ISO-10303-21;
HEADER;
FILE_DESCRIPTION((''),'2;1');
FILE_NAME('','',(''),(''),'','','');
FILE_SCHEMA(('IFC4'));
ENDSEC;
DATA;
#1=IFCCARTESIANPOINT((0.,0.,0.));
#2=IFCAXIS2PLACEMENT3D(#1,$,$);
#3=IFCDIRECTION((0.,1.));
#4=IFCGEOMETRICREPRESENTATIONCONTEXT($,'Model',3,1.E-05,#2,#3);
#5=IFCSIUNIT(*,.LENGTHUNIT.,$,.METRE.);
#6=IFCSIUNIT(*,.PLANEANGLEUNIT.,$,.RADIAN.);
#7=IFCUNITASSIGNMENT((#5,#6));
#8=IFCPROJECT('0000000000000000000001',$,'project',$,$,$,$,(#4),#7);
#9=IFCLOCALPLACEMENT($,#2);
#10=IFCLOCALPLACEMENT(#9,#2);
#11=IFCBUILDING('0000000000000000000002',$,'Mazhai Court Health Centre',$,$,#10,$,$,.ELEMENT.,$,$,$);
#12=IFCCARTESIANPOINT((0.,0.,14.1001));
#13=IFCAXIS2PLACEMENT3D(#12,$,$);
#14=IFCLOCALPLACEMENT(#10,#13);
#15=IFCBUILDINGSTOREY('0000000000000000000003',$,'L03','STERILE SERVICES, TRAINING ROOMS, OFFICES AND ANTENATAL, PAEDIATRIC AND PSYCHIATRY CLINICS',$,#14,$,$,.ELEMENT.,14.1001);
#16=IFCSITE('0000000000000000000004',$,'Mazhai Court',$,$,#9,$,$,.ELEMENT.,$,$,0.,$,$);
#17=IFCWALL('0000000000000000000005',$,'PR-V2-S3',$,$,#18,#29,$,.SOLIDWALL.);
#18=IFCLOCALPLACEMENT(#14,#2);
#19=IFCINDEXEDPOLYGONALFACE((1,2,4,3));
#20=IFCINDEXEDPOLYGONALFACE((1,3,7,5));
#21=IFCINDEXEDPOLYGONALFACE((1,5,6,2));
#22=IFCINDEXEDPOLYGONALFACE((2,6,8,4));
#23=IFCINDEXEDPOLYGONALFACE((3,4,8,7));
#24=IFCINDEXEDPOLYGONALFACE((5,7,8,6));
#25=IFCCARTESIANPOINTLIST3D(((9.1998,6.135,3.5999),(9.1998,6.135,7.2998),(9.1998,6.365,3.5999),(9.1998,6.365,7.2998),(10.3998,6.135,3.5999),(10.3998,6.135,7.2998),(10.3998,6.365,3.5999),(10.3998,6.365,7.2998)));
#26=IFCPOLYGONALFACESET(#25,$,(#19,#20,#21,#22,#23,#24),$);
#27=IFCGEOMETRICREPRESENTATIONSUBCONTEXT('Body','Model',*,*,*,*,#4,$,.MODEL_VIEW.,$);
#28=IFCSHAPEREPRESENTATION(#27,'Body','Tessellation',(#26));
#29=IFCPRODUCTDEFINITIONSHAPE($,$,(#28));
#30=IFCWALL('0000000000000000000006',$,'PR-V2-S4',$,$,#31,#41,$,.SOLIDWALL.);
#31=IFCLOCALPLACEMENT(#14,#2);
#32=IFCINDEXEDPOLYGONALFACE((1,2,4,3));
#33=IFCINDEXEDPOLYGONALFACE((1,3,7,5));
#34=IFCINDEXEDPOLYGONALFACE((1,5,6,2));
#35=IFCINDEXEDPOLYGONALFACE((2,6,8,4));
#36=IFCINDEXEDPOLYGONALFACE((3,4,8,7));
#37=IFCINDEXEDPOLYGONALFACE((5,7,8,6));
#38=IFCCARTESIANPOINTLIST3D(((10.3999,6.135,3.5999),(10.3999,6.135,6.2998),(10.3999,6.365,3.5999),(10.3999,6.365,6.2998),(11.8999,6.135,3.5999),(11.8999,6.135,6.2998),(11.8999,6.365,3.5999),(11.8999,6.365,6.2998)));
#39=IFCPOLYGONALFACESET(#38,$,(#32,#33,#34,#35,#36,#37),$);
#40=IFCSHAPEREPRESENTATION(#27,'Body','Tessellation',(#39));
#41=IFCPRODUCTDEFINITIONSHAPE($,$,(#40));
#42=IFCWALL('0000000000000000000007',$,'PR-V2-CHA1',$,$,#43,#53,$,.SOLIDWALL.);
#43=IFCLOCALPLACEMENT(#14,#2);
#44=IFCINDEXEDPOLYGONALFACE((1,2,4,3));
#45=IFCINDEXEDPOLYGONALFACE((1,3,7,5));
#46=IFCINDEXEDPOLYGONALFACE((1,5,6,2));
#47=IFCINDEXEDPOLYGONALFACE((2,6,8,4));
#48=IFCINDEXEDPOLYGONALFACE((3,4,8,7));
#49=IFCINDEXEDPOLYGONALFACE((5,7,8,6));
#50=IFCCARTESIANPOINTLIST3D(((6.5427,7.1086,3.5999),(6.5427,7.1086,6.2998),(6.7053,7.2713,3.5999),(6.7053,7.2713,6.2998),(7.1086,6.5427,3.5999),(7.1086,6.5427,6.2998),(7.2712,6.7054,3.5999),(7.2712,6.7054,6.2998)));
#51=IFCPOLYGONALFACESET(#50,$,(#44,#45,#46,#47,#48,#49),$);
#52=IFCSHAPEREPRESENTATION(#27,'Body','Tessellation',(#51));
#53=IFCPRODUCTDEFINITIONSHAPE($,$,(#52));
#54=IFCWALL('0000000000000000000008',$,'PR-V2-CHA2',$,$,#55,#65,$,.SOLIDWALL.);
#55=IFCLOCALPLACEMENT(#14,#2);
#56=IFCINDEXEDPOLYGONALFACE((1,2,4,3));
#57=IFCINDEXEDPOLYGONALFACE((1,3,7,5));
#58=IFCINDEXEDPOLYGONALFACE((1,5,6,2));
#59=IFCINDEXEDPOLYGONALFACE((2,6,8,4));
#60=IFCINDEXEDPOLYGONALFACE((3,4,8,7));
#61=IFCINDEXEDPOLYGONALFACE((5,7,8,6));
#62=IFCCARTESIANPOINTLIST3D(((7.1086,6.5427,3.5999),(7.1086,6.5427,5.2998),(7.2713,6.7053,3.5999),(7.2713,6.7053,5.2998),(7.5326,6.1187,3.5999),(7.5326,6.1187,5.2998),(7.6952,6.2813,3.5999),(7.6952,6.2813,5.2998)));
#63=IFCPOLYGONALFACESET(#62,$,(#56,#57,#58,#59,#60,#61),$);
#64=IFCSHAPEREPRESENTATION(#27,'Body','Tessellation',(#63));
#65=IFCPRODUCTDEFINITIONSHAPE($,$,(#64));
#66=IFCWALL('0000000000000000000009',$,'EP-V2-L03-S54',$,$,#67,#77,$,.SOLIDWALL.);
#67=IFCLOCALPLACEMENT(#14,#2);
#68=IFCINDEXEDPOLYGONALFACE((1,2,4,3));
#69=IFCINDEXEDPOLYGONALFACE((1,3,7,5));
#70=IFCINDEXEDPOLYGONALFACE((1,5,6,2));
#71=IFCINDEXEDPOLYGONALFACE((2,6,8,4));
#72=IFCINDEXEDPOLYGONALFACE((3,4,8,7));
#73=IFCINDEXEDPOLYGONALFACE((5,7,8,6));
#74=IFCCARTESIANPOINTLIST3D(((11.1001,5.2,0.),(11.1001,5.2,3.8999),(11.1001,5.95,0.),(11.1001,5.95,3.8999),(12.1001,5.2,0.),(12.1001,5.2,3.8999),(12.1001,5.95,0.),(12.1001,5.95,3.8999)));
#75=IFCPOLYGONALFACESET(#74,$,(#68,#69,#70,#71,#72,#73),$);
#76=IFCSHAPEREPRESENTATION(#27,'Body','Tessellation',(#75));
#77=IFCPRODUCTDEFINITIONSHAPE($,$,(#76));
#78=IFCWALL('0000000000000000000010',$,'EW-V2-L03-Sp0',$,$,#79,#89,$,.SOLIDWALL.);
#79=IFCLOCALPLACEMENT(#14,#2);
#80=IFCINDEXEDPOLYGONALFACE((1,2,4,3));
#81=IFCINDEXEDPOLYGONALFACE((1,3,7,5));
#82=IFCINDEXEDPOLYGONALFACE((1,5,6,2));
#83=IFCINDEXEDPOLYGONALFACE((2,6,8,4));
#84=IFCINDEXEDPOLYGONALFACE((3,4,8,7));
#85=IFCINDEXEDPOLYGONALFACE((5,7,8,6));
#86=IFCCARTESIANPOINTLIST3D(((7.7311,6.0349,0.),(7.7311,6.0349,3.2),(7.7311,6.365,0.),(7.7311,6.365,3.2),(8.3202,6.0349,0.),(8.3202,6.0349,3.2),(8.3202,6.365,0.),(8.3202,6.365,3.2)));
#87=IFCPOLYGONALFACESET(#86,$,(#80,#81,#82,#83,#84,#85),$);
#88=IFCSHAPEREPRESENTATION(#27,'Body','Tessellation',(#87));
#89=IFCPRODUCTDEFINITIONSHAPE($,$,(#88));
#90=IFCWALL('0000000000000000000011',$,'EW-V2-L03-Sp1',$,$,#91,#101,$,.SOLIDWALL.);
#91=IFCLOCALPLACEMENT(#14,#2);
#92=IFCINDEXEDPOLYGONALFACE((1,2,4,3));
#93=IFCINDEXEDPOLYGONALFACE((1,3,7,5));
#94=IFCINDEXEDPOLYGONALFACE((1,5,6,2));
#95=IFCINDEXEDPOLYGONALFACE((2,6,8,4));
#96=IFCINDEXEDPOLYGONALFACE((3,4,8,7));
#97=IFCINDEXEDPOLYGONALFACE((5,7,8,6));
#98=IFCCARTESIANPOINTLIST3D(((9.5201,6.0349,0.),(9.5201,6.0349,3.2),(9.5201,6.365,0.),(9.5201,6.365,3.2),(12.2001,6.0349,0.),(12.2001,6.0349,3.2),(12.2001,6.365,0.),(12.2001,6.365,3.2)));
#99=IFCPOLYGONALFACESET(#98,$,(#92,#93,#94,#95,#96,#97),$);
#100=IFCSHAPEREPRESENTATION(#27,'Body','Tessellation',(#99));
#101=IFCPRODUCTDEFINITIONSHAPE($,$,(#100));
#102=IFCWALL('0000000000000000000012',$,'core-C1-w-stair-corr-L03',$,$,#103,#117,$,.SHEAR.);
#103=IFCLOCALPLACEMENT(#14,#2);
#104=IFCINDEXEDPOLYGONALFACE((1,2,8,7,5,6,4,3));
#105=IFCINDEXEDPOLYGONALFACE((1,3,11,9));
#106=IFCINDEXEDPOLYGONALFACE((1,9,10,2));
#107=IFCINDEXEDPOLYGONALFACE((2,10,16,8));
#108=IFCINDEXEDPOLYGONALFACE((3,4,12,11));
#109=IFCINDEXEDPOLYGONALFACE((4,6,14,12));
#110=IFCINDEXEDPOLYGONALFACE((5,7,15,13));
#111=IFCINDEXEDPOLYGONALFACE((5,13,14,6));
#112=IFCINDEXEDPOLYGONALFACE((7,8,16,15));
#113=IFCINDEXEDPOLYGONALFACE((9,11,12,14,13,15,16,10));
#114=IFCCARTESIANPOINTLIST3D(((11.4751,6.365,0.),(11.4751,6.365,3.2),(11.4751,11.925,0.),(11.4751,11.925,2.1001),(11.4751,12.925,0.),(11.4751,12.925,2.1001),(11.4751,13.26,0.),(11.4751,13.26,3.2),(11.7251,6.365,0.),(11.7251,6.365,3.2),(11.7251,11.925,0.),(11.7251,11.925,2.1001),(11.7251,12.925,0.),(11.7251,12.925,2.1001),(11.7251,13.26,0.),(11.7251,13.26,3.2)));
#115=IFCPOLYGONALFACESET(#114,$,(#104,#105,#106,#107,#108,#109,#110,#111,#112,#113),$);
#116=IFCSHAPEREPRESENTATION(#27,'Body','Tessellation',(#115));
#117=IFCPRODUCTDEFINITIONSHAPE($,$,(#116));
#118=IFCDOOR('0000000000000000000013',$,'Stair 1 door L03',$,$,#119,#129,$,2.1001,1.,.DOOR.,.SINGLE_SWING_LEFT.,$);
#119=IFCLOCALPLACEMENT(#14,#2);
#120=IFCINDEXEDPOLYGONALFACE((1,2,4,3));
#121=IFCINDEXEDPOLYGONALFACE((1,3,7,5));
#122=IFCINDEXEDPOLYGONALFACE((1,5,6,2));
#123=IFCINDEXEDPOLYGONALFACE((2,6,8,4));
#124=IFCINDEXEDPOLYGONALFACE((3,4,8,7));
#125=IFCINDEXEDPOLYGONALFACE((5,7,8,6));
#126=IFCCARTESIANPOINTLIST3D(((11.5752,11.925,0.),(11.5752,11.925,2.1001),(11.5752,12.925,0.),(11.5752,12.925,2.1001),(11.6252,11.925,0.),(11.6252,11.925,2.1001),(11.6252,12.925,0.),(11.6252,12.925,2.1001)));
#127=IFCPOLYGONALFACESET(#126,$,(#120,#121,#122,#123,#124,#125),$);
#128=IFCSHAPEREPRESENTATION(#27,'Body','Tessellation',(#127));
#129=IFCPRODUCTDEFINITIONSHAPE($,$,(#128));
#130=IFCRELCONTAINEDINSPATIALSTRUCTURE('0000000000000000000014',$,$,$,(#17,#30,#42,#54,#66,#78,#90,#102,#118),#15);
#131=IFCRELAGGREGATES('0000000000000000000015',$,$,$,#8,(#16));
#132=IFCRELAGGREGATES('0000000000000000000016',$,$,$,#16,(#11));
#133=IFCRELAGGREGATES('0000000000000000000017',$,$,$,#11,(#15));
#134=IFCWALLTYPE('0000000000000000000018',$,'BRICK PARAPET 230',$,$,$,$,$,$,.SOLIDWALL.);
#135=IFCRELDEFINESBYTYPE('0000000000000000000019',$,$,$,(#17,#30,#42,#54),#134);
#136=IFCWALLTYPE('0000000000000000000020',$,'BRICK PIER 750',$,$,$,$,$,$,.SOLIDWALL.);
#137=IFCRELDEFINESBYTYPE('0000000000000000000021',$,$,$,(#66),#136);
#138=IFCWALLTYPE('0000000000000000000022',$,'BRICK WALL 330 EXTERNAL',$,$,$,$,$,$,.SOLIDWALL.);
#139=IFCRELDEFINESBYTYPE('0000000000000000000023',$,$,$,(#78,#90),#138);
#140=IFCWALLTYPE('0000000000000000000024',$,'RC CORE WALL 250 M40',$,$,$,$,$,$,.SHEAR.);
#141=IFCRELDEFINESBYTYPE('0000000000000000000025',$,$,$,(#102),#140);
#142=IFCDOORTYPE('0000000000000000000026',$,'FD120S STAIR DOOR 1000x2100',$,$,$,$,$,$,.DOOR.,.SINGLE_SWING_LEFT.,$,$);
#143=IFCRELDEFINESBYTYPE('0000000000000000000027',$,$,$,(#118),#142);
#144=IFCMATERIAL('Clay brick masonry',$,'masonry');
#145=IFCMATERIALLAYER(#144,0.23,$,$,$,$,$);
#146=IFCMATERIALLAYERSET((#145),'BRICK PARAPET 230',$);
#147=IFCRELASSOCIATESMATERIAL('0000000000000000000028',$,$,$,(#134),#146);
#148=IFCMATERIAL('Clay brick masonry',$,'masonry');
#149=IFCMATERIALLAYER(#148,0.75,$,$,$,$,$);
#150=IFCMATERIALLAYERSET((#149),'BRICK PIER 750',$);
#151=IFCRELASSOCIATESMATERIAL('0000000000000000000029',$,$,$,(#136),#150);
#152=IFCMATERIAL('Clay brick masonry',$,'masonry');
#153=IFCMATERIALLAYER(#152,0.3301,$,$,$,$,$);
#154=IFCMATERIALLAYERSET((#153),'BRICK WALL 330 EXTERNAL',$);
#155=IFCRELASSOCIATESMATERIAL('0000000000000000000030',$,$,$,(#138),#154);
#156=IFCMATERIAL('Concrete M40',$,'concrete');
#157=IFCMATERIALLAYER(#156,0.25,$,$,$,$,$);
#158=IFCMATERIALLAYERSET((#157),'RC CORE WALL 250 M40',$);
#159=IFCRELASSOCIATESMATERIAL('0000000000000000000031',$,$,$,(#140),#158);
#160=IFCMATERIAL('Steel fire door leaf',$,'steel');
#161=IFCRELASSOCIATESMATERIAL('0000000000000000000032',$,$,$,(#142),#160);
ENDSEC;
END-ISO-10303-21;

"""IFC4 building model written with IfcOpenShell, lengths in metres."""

from ifc_helpers import new_model, si_unit, direction, frame, frame_2d, origin, place, context, subcontext, project, spatial, rectangle, extrude, material, layer, layer_set, type_object, element, fill, save


model = new_model("IFC4")

# Units and contexts
model_context = context("Model", 3, precision=1e-05, world=origin(), true_north=direction((0.0, 1.0)))
body_context = subcontext(model_context, "Body", "Model", "MODEL_VIEW")
ifc_project = project(units=[si_unit("LENGTHUNIT", "METRE"), si_unit("PLANEANGLEUNIT", "RADIAN")], contexts=[model_context])

# Site, building, storey
site_placement = place(None, origin())
site = spatial("IfcSite", under=ifc_project, at=site_placement, Name="Mazhai Court", CompositionType="ELEMENT", RefElevation=0.0)
building_placement = place(site_placement, origin())
building = spatial("IfcBuilding", under=site, at=building_placement, Name="Mazhai Court Health Centre", CompositionType="ELEMENT")
storey_placement = place(building_placement, frame((0.0, 0.0, 14.1001)))
storey = spatial("IfcBuildingStorey", under=building, at=storey_placement, Name="L03", Description="STERILE SERVICES, TRAINING ROOMS, OFFICES AND ANTENATAL, PAEDIATRIC AND PSYCHIATRY CLINICS", CompositionType="ELEMENT", Elevation=14.1001)

# Walls
ifc_material_1 = material(Name="Clay brick masonry", Category="masonry")
ifc_layer_1 = layer(ifc_material_1, 0.23)
ifc_layer_set_1 = layer_set([ifc_layer_1], Name="BRICK PARAPET 230")
wall_type_1 = type_object("IfcWallType", Name="BRICK PARAPET 230", PredefinedType="SOLIDWALL", material=ifc_layer_set_1)
wall_1_placement = place(storey_placement, frame((10.3999, 6.25, 3.5999), z_axis=(0.0, 0.0, 1.0), x_axis=(-1.0, 0.0, 0.0)))
element("IfcWall", 1, at=wall_1_placement, inside=storey, type_object=wall_type_1, Name="PR-V2-S3", PredefinedType="SOLIDWALL", context=body_context, shape_type="SweptSolid", body=[
    extrude(rectangle(XDim=1.2, YDim=0.23, at=frame_2d((0.6001, 0.0))), origin(), (0.0, 0.0, 1.0), 3.7),
])
wall_2_placement = place(storey_placement, frame((11.8999, 6.25, 3.5999), z_axis=(0.0, 0.0, 1.0), x_axis=(-1.0, 0.0, 0.0)))
element("IfcWall", 2, at=wall_2_placement, inside=storey, type_object=wall_type_1, Name="PR-V2-S4", PredefinedType="SOLIDWALL", context=body_context, shape_type="SweptSolid", body=[
    extrude(rectangle(XDim=1.5, YDim=0.23, at=frame_2d((0.75, 0.0))), origin(), (0.0, 0.0, 1.0), 2.7),
])
wall_3_placement = place(storey_placement, frame((6.624, 7.1899, 3.5999), z_axis=(0.0, 0.0, 1.0), x_axis=(0.707107, -0.707107, 0.0)))
element("IfcWall", 3, at=wall_3_placement, inside=storey, type_object=wall_type_1, Name="PR-V2-CHA1", PredefinedType="SOLIDWALL", context=body_context, shape_type="SweptSolid", body=[
    extrude(rectangle(XDim=0.8003, YDim=0.23, at=frame_2d((0.4001, 0.0))), origin(), (0.0, 0.0, 1.0), 2.7),
])
wall_4_placement = place(storey_placement, frame((7.1899, 6.624, 3.5999), z_axis=(0.0, 0.0, 1.0), x_axis=(0.707107, -0.707107, 0.0)))
element("IfcWall", 4, at=wall_4_placement, inside=storey, type_object=wall_type_1, Name="PR-V2-CHA2", PredefinedType="SOLIDWALL", context=body_context, shape_type="SweptSolid", body=[
    extrude(rectangle(XDim=0.5996, YDim=0.23, at=frame_2d((0.2998, 0.0))), origin(), (0.0, 0.0, 1.0), 1.7),
])
ifc_material_2 = material(Name="Clay brick masonry", Category="masonry")
ifc_layer_2 = layer(ifc_material_2, 0.75)
ifc_layer_set_2 = layer_set([ifc_layer_2], Name="BRICK PIER 750")
wall_type_2 = type_object("IfcWallType", Name="BRICK PIER 750", PredefinedType="SOLIDWALL", material=ifc_layer_set_2)
wall_5_placement = place(storey_placement, frame((12.1001, 5.575, 0.0), z_axis=(0.0, 0.0, 1.0), x_axis=(-1.0, 0.0, 0.0)))
element("IfcWall", 5, at=wall_5_placement, inside=storey, type_object=wall_type_2, Name="EP-V2-L03-S54", PredefinedType="SOLIDWALL", context=body_context, shape_type="SweptSolid", body=[
    extrude(rectangle(XDim=1.0, YDim=0.75, at=frame_2d((0.5, 0.0))), origin(), (0.0, 0.0, 1.0), 3.8999),
])
ifc_material_3 = material(Name="Clay brick masonry", Category="masonry")
ifc_layer_3 = layer(ifc_material_3, 0.3301)
ifc_layer_set_3 = layer_set([ifc_layer_3], Name="BRICK WALL 330 EXTERNAL")
wall_type_3 = type_object("IfcWallType", Name="BRICK WALL 330 EXTERNAL", PredefinedType="SOLIDWALL", material=ifc_layer_set_3)
wall_6_placement = place(storey_placement, frame((8.3201, 6.2, 0.0), z_axis=(0.0, 0.0, 1.0), x_axis=(-1.0, 0.0, 0.0)))
element("IfcWall", 6, at=wall_6_placement, inside=storey, type_object=wall_type_3, Name="EW-V2-L03-Sp0", PredefinedType="SOLIDWALL", context=body_context, shape_type="SweptSolid", body=[
    extrude(rectangle(XDim=0.5891, YDim=0.3301, at=frame_2d((0.2944, 0.0))), origin(), (0.0, 0.0, 1.0), 3.2),
])
wall_7_placement = place(storey_placement, frame((12.2, 6.2, 0.0), z_axis=(0.0, 0.0, 1.0), x_axis=(-1.0, 0.0, 0.0)))
element("IfcWall", 7, at=wall_7_placement, inside=storey, type_object=wall_type_3, Name="EW-V2-L03-Sp1", PredefinedType="SOLIDWALL", context=body_context, shape_type="SweptSolid", body=[
    extrude(rectangle(XDim=2.6799, YDim=0.3301, at=frame_2d((1.3398, 0.0))), origin(), (0.0, 0.0, 1.0), 3.2),
])

# Wall, opening, door
ifc_material_4 = material(Name="Concrete M40", Category="concrete")
ifc_layer_4 = layer(ifc_material_4, 0.25)
ifc_layer_set_4 = layer_set([ifc_layer_4], Name="RC CORE WALL 250 M40")
wall_type_4 = type_object("IfcWallType", Name="RC CORE WALL 250 M40", PredefinedType="SHEAR", material=ifc_layer_set_4)
wall_8_placement = place(storey_placement, frame((11.6001, 6.365, 0.0), z_axis=(0.0, 0.0, 1.0), x_axis=(0.0, 1.0, 0.0)))
wall_8 = element("IfcWall", 8, at=wall_8_placement, inside=storey, type_object=wall_type_4, Name="core-C1-w-stair-corr-L03", PredefinedType="SHEAR", context=body_context, shape_type="SweptSolid", body=[
    extrude(rectangle(XDim=6.895, YDim=0.25, at=frame_2d((3.4475, 0.0))), origin(), (0.0, 0.0, 1.0), 3.2),
])
opening_placement = place(wall_8_placement, frame((5.5601, 0.0, 0.0)))
opening = element("IfcOpeningElement", 9, at=opening_placement, cuts=wall_8, PredefinedType="OPENING", context=body_context, shape_type="SweptSolid", body=[
    extrude(rectangle(XDim=1.0, YDim=2.1001, at=frame_2d((0.5, 1.05))), frame((0.0, 0.135, 0.0), z_axis=(0.0, -1.0, 0.0), x_axis=(1.0, 0.0, 0.0)), (0.0, 0.0, 1.0), 0.27),
])
ifc_material_5 = material(Name="Steel fire door leaf", Category="steel")
door_type = type_object("IfcDoorType", Name="FD120S STAIR DOOR 1000x2100", OperationType="SINGLE_SWING_LEFT", PredefinedType="DOOR", material=ifc_material_5)
door_placement = place(opening_placement, origin())
door = element("IfcDoor", 10, at=door_placement, inside=storey, type_object=door_type, Name="Stair 1 door L03", OperationType="SINGLE_SWING_LEFT", OverallHeight=2.1001, OverallWidth=1.0, PredefinedType="DOOR", context=body_context, shape_type="SweptSolid", body=[
    extrude(rectangle(XDim=1.0, YDim=2.1001, at=frame_2d((0.5, 1.05))), frame((0.0, 0.0249, 0.0), z_axis=(0.0, -1.0, 0.0), x_axis=(1.0, 0.0, 0.0)), (0.0, 0.0, 1.0), 0.05),
])
fill(opening, door)

save(model, "model.ifc")
